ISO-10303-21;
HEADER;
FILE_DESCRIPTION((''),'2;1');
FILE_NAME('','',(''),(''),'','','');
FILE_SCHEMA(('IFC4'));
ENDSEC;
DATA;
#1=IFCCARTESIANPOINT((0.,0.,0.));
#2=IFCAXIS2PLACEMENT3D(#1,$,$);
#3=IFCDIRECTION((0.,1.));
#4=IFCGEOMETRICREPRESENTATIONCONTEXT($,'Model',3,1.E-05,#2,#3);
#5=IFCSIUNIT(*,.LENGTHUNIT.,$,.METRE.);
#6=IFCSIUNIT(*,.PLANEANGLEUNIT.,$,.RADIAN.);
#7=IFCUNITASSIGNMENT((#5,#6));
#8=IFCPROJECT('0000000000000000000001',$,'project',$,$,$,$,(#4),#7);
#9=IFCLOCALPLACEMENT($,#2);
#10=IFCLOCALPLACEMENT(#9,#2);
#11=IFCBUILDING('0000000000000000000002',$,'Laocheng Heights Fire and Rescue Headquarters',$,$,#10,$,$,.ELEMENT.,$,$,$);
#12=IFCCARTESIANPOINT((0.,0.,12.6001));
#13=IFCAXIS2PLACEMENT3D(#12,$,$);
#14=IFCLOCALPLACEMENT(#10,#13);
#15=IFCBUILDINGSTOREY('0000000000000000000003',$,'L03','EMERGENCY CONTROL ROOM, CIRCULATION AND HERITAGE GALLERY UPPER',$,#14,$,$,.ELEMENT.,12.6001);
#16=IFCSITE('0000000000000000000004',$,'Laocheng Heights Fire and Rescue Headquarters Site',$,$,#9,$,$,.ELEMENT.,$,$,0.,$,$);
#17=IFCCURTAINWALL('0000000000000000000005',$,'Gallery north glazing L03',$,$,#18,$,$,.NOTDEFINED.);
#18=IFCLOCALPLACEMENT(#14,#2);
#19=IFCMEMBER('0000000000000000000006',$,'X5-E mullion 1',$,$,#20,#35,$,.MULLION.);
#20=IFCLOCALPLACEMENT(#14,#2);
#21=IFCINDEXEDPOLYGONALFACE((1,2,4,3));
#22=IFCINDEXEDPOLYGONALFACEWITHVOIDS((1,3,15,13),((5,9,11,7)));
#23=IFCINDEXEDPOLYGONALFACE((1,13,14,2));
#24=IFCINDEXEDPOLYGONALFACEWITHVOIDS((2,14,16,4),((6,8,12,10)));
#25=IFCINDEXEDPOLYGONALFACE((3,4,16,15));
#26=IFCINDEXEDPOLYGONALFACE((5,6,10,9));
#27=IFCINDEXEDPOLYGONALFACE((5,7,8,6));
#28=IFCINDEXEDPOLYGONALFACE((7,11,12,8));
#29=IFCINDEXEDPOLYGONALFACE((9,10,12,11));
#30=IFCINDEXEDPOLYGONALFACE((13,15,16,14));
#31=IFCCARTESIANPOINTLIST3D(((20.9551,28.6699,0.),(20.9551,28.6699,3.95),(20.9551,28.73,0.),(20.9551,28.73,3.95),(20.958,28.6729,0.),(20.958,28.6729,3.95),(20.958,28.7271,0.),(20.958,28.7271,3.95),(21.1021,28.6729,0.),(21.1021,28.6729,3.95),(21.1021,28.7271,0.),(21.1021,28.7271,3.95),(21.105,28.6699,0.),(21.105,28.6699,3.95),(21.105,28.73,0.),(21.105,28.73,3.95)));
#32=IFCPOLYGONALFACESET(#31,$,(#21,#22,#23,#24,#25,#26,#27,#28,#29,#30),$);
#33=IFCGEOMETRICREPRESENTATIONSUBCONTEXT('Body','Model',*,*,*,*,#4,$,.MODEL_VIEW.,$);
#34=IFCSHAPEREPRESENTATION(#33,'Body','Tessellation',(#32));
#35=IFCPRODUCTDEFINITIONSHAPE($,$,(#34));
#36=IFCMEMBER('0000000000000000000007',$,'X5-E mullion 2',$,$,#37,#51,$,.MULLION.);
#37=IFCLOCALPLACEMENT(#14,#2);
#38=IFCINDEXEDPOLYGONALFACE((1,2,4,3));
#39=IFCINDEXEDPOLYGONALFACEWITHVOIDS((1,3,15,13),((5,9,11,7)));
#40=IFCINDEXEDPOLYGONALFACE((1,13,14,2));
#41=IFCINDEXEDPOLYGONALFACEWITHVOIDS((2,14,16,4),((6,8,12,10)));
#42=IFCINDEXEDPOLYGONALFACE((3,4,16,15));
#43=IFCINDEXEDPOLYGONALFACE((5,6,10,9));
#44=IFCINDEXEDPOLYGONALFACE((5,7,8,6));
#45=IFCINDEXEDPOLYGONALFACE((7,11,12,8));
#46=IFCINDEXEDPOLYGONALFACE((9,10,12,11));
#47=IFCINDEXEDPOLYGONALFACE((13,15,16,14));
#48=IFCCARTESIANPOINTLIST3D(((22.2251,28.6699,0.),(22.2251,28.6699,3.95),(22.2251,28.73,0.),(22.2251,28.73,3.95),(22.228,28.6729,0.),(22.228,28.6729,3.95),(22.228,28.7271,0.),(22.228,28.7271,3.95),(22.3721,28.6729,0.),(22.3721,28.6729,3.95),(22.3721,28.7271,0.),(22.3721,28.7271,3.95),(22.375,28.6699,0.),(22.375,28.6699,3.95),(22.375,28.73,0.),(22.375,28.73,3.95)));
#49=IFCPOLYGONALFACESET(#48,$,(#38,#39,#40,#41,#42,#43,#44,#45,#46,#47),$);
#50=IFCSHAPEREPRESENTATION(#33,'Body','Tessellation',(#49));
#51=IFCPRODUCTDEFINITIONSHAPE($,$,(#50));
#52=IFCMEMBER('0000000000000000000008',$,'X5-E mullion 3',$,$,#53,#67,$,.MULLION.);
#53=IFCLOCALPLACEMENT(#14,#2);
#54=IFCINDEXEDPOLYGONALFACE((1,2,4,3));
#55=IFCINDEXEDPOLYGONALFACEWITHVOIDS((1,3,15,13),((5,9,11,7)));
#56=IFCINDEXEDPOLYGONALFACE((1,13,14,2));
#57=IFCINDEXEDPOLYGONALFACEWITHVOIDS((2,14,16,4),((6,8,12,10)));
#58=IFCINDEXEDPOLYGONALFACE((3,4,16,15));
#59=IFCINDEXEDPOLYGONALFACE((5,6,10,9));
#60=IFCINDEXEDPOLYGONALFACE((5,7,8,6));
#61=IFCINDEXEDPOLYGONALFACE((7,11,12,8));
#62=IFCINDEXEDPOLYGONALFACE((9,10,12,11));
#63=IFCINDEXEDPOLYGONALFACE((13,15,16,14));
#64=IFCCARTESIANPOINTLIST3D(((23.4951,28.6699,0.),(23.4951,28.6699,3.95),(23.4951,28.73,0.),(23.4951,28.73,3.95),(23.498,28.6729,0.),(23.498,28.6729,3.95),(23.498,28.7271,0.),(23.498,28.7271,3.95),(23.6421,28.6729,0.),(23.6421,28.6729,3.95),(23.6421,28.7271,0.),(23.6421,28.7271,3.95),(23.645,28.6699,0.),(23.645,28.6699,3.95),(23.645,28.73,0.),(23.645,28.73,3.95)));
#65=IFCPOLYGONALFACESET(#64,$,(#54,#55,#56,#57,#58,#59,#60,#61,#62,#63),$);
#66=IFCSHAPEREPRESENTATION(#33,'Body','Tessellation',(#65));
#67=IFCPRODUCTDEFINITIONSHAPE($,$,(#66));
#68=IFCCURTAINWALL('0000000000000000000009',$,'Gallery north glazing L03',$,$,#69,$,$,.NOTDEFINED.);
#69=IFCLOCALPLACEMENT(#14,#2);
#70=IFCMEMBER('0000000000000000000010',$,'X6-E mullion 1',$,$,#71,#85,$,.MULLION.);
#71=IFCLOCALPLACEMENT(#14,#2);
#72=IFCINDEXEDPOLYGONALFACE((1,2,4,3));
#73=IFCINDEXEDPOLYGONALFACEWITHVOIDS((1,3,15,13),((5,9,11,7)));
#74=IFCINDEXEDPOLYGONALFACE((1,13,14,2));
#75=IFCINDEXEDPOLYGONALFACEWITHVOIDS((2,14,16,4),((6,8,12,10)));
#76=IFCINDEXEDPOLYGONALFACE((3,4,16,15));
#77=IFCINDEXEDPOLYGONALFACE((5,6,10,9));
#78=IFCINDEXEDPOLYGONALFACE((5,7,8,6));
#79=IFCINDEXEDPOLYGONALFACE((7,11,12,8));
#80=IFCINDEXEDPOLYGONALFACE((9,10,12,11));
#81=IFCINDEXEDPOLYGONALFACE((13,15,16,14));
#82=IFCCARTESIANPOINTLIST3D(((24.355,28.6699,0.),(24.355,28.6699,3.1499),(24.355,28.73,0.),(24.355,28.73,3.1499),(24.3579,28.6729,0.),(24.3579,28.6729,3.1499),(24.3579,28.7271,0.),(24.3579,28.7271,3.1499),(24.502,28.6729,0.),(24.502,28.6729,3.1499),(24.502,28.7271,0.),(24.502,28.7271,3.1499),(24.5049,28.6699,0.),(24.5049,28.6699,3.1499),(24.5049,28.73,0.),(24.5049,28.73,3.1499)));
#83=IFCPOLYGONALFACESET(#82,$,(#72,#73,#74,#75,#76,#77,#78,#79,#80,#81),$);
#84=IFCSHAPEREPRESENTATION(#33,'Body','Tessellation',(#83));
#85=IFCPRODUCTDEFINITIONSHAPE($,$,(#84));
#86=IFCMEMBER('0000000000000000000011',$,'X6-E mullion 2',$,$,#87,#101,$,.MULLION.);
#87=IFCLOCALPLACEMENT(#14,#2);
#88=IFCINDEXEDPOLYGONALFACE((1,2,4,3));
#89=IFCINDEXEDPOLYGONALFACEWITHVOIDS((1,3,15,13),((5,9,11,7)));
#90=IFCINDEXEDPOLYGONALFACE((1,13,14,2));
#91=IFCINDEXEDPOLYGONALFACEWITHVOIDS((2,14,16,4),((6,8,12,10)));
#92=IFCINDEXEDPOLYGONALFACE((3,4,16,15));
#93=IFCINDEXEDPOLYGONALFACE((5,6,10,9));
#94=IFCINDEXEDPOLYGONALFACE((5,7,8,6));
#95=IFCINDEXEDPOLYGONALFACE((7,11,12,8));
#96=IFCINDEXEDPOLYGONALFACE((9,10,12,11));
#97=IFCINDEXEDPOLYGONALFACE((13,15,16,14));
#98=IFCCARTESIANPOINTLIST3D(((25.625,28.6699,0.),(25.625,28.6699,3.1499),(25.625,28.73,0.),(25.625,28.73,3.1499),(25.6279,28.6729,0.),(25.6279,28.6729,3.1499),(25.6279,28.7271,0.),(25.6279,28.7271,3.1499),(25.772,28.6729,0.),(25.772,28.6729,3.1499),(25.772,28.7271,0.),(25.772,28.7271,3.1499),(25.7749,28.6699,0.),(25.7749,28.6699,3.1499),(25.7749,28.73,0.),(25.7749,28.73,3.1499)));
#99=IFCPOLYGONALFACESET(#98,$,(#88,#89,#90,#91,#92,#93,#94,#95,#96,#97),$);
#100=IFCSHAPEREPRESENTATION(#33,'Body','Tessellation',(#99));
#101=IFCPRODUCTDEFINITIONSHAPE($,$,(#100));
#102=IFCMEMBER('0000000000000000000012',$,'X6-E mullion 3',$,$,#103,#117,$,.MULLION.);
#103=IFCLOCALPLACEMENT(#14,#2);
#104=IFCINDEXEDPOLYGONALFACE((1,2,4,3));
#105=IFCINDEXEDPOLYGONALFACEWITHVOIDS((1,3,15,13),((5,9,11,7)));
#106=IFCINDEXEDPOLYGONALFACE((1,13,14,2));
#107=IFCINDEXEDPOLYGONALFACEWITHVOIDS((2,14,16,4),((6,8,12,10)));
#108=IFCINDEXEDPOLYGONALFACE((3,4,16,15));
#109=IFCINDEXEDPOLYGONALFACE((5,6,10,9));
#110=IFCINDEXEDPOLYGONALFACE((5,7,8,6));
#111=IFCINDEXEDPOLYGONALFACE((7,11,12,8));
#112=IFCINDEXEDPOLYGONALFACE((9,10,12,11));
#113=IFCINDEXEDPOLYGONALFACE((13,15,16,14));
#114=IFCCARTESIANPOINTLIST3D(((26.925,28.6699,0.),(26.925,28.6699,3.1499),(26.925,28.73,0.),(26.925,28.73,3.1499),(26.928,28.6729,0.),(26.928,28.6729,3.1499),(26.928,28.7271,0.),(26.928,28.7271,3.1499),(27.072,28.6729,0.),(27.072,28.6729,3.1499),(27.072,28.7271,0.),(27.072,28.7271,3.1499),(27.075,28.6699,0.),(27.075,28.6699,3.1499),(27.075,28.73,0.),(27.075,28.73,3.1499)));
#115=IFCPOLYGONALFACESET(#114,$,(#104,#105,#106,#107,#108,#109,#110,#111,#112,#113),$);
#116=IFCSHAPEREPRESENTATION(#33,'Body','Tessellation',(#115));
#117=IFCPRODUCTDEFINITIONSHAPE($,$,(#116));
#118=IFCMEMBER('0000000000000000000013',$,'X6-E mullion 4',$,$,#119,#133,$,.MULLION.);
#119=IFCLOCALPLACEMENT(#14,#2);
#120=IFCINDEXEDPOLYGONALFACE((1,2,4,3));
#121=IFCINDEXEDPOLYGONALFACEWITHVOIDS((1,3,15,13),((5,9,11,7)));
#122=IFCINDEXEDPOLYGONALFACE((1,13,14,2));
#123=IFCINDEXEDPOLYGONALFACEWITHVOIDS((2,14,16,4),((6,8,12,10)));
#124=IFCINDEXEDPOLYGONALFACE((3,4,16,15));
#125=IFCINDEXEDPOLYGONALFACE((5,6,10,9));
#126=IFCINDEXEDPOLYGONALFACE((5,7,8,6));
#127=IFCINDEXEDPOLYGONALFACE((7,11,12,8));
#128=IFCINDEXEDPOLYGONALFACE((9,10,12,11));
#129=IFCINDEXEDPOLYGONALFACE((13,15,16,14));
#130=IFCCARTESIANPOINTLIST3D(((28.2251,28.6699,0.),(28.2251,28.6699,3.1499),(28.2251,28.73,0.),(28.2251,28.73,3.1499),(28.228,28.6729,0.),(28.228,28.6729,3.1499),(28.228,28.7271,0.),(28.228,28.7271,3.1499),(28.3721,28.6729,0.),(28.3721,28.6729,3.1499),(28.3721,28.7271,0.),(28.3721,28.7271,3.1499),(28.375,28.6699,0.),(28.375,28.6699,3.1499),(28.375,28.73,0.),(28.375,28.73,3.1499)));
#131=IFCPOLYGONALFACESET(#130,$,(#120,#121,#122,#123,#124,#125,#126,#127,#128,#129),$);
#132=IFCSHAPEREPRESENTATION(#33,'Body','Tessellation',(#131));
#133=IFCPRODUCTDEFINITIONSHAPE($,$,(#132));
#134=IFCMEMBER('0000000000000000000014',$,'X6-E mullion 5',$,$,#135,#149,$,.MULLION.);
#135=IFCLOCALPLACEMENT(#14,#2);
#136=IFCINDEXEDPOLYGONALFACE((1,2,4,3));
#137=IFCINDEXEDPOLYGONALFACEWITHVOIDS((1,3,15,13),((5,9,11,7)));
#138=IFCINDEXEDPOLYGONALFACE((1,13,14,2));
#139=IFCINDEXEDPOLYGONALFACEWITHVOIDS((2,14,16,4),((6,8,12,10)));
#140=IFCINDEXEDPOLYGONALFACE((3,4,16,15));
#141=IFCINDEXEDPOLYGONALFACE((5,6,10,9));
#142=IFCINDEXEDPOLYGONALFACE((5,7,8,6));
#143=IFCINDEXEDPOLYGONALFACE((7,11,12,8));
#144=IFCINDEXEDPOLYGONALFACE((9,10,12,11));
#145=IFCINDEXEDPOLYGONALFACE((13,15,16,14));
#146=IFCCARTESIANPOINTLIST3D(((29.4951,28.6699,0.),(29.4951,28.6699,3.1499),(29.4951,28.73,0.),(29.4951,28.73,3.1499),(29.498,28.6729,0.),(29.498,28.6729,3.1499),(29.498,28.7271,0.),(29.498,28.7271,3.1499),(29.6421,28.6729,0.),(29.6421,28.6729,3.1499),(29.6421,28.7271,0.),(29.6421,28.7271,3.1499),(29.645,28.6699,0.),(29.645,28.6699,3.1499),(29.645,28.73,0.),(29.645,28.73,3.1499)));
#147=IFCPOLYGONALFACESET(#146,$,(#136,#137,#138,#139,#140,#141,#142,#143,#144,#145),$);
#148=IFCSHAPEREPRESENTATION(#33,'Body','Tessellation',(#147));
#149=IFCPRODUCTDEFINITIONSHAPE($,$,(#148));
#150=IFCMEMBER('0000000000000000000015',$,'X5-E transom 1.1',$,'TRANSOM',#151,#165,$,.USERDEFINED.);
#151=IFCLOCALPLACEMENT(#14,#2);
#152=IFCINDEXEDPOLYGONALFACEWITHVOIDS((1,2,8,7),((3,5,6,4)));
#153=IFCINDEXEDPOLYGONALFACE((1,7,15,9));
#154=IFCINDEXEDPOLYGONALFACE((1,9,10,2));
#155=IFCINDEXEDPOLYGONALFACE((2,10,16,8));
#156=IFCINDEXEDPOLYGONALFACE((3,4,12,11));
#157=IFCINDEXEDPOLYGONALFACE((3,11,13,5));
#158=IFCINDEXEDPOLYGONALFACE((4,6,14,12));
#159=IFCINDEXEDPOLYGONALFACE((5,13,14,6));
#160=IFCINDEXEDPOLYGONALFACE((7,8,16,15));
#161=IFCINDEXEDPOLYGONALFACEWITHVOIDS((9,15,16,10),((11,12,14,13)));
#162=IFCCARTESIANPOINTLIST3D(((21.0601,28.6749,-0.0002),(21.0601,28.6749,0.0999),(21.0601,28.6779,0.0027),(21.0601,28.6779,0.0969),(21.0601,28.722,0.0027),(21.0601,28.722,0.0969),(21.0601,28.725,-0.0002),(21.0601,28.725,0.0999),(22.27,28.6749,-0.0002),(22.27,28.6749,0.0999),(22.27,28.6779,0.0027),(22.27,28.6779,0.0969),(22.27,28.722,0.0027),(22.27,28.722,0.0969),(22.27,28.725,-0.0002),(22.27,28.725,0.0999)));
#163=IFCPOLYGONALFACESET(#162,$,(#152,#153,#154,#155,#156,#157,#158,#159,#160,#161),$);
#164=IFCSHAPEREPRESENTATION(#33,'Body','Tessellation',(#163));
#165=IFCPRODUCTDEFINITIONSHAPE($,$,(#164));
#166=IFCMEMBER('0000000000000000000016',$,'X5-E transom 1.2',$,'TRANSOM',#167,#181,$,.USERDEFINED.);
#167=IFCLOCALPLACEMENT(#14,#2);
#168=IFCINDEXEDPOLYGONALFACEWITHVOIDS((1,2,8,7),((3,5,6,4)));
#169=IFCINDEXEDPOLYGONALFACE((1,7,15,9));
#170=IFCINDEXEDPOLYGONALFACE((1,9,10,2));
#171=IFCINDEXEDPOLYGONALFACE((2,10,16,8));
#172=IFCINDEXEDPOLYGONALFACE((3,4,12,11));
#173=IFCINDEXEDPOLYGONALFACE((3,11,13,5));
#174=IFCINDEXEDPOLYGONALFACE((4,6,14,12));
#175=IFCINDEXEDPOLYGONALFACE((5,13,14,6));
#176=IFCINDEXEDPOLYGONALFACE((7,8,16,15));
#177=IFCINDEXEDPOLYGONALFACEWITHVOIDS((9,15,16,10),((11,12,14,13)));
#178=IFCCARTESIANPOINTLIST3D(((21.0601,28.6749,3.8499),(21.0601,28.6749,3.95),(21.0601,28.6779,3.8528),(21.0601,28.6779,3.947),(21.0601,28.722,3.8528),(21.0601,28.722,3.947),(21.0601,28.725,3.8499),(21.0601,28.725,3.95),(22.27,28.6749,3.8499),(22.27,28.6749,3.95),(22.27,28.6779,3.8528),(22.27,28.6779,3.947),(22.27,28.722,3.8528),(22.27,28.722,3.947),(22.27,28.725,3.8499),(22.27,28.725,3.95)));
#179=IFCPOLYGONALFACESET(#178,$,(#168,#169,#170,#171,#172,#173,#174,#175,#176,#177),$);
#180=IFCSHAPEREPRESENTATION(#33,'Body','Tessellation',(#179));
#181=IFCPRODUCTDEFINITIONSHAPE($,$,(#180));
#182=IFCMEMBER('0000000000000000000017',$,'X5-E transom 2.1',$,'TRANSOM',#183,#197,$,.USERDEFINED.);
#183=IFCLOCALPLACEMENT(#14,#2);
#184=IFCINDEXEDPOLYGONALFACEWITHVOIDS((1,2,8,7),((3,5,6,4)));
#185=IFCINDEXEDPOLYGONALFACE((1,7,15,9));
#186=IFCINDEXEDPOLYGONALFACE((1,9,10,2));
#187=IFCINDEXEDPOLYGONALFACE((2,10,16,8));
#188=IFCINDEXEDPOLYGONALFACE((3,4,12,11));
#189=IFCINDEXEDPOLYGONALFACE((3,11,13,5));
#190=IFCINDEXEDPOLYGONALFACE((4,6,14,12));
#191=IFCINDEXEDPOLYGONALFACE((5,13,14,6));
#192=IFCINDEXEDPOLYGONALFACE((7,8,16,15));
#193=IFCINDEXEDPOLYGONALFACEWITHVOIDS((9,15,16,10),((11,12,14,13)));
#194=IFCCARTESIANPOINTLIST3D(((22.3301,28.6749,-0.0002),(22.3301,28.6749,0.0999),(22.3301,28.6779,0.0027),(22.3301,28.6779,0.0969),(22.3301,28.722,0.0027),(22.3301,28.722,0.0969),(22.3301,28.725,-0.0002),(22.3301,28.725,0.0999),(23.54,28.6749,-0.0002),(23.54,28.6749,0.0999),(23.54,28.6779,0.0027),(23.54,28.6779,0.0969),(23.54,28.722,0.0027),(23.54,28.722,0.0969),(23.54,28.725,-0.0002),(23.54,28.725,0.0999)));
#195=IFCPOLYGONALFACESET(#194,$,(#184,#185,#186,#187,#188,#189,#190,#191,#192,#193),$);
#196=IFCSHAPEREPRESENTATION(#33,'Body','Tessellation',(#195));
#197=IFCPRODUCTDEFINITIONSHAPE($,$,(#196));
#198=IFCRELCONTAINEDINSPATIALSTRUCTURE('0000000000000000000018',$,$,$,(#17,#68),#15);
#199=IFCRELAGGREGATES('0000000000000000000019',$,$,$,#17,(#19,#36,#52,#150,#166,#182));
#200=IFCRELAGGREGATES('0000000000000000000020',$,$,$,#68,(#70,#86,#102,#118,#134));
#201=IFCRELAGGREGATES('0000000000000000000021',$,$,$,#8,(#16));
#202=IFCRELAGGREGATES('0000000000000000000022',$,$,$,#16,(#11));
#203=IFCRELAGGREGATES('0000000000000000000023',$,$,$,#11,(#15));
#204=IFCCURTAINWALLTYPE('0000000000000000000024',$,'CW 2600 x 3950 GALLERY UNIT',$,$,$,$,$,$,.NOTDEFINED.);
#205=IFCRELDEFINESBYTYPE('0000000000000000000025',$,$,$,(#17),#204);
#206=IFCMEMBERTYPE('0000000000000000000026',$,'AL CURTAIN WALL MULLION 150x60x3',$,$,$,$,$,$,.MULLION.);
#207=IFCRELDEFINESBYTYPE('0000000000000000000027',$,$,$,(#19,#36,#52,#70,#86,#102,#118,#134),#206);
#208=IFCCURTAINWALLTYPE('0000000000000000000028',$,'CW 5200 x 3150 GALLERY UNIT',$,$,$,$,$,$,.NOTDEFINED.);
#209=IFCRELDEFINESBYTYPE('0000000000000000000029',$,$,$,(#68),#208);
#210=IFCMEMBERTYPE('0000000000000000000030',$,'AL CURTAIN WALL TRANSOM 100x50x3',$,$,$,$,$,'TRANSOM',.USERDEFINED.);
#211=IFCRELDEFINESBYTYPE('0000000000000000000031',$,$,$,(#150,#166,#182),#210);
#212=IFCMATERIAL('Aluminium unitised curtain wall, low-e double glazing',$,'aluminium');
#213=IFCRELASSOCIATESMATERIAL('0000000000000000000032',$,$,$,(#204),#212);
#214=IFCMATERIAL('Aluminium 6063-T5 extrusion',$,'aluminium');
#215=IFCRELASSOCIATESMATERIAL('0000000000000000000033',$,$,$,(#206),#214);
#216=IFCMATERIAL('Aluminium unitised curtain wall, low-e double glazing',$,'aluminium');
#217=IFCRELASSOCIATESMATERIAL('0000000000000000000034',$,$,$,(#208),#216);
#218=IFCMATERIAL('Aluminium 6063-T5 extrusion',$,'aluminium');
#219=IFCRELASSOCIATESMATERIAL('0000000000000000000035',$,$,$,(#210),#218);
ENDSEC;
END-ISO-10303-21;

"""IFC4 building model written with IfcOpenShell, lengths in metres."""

from ifc_helpers import new_model, si_unit, direction, frame, origin, origin_2d, place, context, subcontext, project, spatial, hollow_rectangle, extrude, material, material_profile, profile_set, type_object, element, aggregate, save


model = new_model("IFC4")

# Units and contexts
model_context = context("Model", 3, precision=1e-05, world=origin(), true_north=direction((0.0, 1.0)))
body_context = subcontext(model_context, "Body", "Model", "MODEL_VIEW")
ifc_project = project(units=[si_unit("LENGTHUNIT", "METRE"), si_unit("PLANEANGLEUNIT", "RADIAN")], contexts=[model_context])

# Site, building, storey
site_placement = place(None, origin())
site = spatial("IfcSite", under=ifc_project, at=site_placement, Name="Laocheng Heights Fire and Rescue Headquarters Site", CompositionType="ELEMENT", RefElevation=0.0)
building_placement = place(site_placement, origin())
building = spatial("IfcBuilding", under=site, at=building_placement, Name="Laocheng Heights Fire and Rescue Headquarters", CompositionType="ELEMENT")
storey_placement = place(building_placement, frame((0.0, 0.0, 12.6001)))
storey = spatial("IfcBuildingStorey", under=building, at=storey_placement, Name="L03", Description="EMERGENCY CONTROL ROOM, CIRCULATION AND HERITAGE GALLERY UPPER", CompositionType="ELEMENT", Elevation=12.6001)

# Curtain walls, members
ifc_material_1 = material(Name="Aluminium unitised curtain wall, low-e double glazing", Category="aluminium")
curtain_wall_type_1 = type_object("IfcCurtainWallType", Name="CW 2600 x 3950 GALLERY UNIT", PredefinedType="NOTDEFINED", material=ifc_material_1)
curtain_wall_1_placement = place(storey_placement, origin())
curtain_wall_1 = element("IfcCurtainWall", 1, at=curtain_wall_1_placement, inside=storey, type_object=curtain_wall_type_1, Name="Gallery north glazing L03", PredefinedType="NOTDEFINED")
ifc_material_2 = material(Name="Aluminium 6063-T5 extrusion", Category="aluminium")
ifc_material_profile_1 = material_profile(ifc_material_2, hollow_rectangle(XDim=0.0601, YDim=0.1499, WallThickness=0.0029, at=origin_2d()), Name="AL MULLION 150x60x3")
ifc_profile_set_1 = profile_set([ifc_material_profile_1], Name="Aluminium 6063-T5 extrusion")
member_type_1 = type_object("IfcMemberType", Name="AL CURTAIN WALL MULLION 150x60x3", PredefinedType="MULLION", material=ifc_profile_set_1)
member_1_placement = place(storey_placement, frame((21.03, 28.7, 0.0), z_axis=(0.0, 0.0, 1.0), x_axis=(0.0, 1.0, 0.0)))
member_1 = element("IfcMember", 2, at=member_1_placement, type_object=member_type_1, Name="X5-E mullion 1", PredefinedType="MULLION", context=body_context, shape_type="SweptSolid", body=[
    extrude(hollow_rectangle(XDim=0.0601, YDim=0.1499, WallThickness=0.0029, at=origin_2d()), origin(), (0.0, 0.0, 1.0), 3.95),
])
member_2_placement = place(storey_placement, frame((22.3, 28.7, 0.0), z_axis=(0.0, 0.0, 1.0), x_axis=(0.0, 1.0, 0.0)))
member_2 = element("IfcMember", 3, at=member_2_placement, type_object=member_type_1, Name="X5-E mullion 2", PredefinedType="MULLION", context=body_context, shape_type="SweptSolid", body=[
    extrude(hollow_rectangle(XDim=0.0601, YDim=0.1499, WallThickness=0.0029, at=origin_2d()), origin(), (0.0, 0.0, 1.0), 3.95),
])
member_3_placement = place(storey_placement, frame((23.5701, 28.7, 0.0), z_axis=(0.0, 0.0, 1.0), x_axis=(0.0, 1.0, 0.0)))
member_3 = element("IfcMember", 4, at=member_3_placement, type_object=member_type_1, Name="X5-E mullion 3", PredefinedType="MULLION", context=body_context, shape_type="SweptSolid", body=[
    extrude(hollow_rectangle(XDim=0.0601, YDim=0.1499, WallThickness=0.0029, at=origin_2d()), origin(), (0.0, 0.0, 1.0), 3.95),
])
ifc_material_3 = material(Name="Aluminium unitised curtain wall, low-e double glazing", Category="aluminium")
curtain_wall_type_2 = type_object("IfcCurtainWallType", Name="CW 5200 x 3150 GALLERY UNIT", PredefinedType="NOTDEFINED", material=ifc_material_3)
curtain_wall_2_placement = place(storey_placement, origin())
curtain_wall_2 = element("IfcCurtainWall", 5, at=curtain_wall_2_placement, inside=storey, type_object=curtain_wall_type_2, Name="Gallery north glazing L03", PredefinedType="NOTDEFINED")
member_4_placement = place(storey_placement, frame((24.4299, 28.7, 0.0), z_axis=(0.0, 0.0, 1.0), x_axis=(0.0, 1.0, 0.0)))
member_4 = element("IfcMember", 6, at=member_4_placement, type_object=member_type_1, Name="X6-E mullion 1", PredefinedType="MULLION", context=body_context, shape_type="SweptSolid", body=[
    extrude(hollow_rectangle(XDim=0.0601, YDim=0.1499, WallThickness=0.0029, at=origin_2d()), origin(), (0.0, 0.0, 1.0), 3.1499),
])
member_5_placement = place(storey_placement, frame((25.7, 28.7, 0.0), z_axis=(0.0, 0.0, 1.0), x_axis=(0.0, 1.0, 0.0)))
member_5 = element("IfcMember", 7, at=member_5_placement, type_object=member_type_1, Name="X6-E mullion 2", PredefinedType="MULLION", context=body_context, shape_type="SweptSolid", body=[
    extrude(hollow_rectangle(XDim=0.0601, YDim=0.1499, WallThickness=0.0029, at=origin_2d()), origin(), (0.0, 0.0, 1.0), 3.1499),
])
member_6_placement = place(storey_placement, frame((27.0, 28.7, 0.0), z_axis=(0.0, 0.0, 1.0), x_axis=(0.0, 1.0, 0.0)))
member_6 = element("IfcMember", 8, at=member_6_placement, type_object=member_type_1, Name="X6-E mullion 3", PredefinedType="MULLION", context=body_context, shape_type="SweptSolid", body=[
    extrude(hollow_rectangle(XDim=0.0601, YDim=0.1499, WallThickness=0.0029, at=origin_2d()), origin(), (0.0, 0.0, 1.0), 3.1499),
])
member_7_placement = place(storey_placement, frame((28.3, 28.7, 0.0), z_axis=(0.0, 0.0, 1.0), x_axis=(0.0, 1.0, 0.0)))
member_7 = element("IfcMember", 9, at=member_7_placement, type_object=member_type_1, Name="X6-E mullion 4", PredefinedType="MULLION", context=body_context, shape_type="SweptSolid", body=[
    extrude(hollow_rectangle(XDim=0.0601, YDim=0.1499, WallThickness=0.0029, at=origin_2d()), origin(), (0.0, 0.0, 1.0), 3.1499),
])
member_8_placement = place(storey_placement, frame((29.5701, 28.7, 0.0), z_axis=(0.0, 0.0, 1.0), x_axis=(0.0, 1.0, 0.0)))
member_8 = element("IfcMember", 10, at=member_8_placement, type_object=member_type_1, Name="X6-E mullion 5", PredefinedType="MULLION", context=body_context, shape_type="SweptSolid", body=[
    extrude(hollow_rectangle(XDim=0.0601, YDim=0.1499, WallThickness=0.0029, at=origin_2d()), origin(), (0.0, 0.0, 1.0), 3.1499),
])

# Members
ifc_material_4 = material(Name="Aluminium 6063-T5 extrusion", Category="aluminium")
ifc_material_profile_2 = material_profile(ifc_material_4, hollow_rectangle(XDim=0.05, YDim=0.1001, WallThickness=0.0029, at=origin_2d()), Name="AL TRANSOM 100x50x3")
ifc_profile_set_2 = profile_set([ifc_material_profile_2], Name="Aluminium 6063-T5 extrusion")
member_type_2 = type_object("IfcMemberType", Name="AL CURTAIN WALL TRANSOM 100x50x3", ElementType="TRANSOM", PredefinedType="USERDEFINED", material=ifc_profile_set_2)
member_9_placement = place(storey_placement, frame((21.0601, 28.7, 0.0498), z_axis=(1.0, 0.0, 0.0), x_axis=(0.0, 1.0, 0.0)))
member_9 = element("IfcMember", 11, at=member_9_placement, type_object=member_type_2, Name="X5-E transom 1.1", ObjectType="TRANSOM", PredefinedType="USERDEFINED", context=body_context, shape_type="SweptSolid", body=[
    extrude(hollow_rectangle(XDim=0.05, YDim=0.1001, WallThickness=0.0029, at=origin_2d()), origin(), (0.0, 0.0, 1.0), 1.21),
])
member_10_placement = place(storey_placement, frame((21.0601, 28.7, 3.8999), z_axis=(1.0, 0.0, 0.0), x_axis=(0.0, 1.0, 0.0)))
member_10 = element("IfcMember", 12, at=member_10_placement, type_object=member_type_2, Name="X5-E transom 1.2", ObjectType="TRANSOM", PredefinedType="USERDEFINED", context=body_context, shape_type="SweptSolid", body=[
    extrude(hollow_rectangle(XDim=0.05, YDim=0.1001, WallThickness=0.0029, at=origin_2d()), origin(), (0.0, 0.0, 1.0), 1.21),
])
member_11_placement = place(storey_placement, frame((22.3301, 28.7, 0.0498), z_axis=(1.0, 0.0, 0.0), x_axis=(0.0, 1.0, 0.0)))
member_11 = element("IfcMember", 13, at=member_11_placement, type_object=member_type_2, Name="X5-E transom 2.1", ObjectType="TRANSOM", PredefinedType="USERDEFINED", context=body_context, shape_type="SweptSolid", body=[
    extrude(hollow_rectangle(XDim=0.05, YDim=0.1001, WallThickness=0.0029, at=origin_2d()), origin(), (0.0, 0.0, 1.0), 1.21),
])

aggregate(curtain_wall_1, [member_1, member_2, member_3, member_9, member_10, member_11])
aggregate(curtain_wall_2, [member_4, member_5, member_6, member_7, member_8])

save(model, "model.ifc")
